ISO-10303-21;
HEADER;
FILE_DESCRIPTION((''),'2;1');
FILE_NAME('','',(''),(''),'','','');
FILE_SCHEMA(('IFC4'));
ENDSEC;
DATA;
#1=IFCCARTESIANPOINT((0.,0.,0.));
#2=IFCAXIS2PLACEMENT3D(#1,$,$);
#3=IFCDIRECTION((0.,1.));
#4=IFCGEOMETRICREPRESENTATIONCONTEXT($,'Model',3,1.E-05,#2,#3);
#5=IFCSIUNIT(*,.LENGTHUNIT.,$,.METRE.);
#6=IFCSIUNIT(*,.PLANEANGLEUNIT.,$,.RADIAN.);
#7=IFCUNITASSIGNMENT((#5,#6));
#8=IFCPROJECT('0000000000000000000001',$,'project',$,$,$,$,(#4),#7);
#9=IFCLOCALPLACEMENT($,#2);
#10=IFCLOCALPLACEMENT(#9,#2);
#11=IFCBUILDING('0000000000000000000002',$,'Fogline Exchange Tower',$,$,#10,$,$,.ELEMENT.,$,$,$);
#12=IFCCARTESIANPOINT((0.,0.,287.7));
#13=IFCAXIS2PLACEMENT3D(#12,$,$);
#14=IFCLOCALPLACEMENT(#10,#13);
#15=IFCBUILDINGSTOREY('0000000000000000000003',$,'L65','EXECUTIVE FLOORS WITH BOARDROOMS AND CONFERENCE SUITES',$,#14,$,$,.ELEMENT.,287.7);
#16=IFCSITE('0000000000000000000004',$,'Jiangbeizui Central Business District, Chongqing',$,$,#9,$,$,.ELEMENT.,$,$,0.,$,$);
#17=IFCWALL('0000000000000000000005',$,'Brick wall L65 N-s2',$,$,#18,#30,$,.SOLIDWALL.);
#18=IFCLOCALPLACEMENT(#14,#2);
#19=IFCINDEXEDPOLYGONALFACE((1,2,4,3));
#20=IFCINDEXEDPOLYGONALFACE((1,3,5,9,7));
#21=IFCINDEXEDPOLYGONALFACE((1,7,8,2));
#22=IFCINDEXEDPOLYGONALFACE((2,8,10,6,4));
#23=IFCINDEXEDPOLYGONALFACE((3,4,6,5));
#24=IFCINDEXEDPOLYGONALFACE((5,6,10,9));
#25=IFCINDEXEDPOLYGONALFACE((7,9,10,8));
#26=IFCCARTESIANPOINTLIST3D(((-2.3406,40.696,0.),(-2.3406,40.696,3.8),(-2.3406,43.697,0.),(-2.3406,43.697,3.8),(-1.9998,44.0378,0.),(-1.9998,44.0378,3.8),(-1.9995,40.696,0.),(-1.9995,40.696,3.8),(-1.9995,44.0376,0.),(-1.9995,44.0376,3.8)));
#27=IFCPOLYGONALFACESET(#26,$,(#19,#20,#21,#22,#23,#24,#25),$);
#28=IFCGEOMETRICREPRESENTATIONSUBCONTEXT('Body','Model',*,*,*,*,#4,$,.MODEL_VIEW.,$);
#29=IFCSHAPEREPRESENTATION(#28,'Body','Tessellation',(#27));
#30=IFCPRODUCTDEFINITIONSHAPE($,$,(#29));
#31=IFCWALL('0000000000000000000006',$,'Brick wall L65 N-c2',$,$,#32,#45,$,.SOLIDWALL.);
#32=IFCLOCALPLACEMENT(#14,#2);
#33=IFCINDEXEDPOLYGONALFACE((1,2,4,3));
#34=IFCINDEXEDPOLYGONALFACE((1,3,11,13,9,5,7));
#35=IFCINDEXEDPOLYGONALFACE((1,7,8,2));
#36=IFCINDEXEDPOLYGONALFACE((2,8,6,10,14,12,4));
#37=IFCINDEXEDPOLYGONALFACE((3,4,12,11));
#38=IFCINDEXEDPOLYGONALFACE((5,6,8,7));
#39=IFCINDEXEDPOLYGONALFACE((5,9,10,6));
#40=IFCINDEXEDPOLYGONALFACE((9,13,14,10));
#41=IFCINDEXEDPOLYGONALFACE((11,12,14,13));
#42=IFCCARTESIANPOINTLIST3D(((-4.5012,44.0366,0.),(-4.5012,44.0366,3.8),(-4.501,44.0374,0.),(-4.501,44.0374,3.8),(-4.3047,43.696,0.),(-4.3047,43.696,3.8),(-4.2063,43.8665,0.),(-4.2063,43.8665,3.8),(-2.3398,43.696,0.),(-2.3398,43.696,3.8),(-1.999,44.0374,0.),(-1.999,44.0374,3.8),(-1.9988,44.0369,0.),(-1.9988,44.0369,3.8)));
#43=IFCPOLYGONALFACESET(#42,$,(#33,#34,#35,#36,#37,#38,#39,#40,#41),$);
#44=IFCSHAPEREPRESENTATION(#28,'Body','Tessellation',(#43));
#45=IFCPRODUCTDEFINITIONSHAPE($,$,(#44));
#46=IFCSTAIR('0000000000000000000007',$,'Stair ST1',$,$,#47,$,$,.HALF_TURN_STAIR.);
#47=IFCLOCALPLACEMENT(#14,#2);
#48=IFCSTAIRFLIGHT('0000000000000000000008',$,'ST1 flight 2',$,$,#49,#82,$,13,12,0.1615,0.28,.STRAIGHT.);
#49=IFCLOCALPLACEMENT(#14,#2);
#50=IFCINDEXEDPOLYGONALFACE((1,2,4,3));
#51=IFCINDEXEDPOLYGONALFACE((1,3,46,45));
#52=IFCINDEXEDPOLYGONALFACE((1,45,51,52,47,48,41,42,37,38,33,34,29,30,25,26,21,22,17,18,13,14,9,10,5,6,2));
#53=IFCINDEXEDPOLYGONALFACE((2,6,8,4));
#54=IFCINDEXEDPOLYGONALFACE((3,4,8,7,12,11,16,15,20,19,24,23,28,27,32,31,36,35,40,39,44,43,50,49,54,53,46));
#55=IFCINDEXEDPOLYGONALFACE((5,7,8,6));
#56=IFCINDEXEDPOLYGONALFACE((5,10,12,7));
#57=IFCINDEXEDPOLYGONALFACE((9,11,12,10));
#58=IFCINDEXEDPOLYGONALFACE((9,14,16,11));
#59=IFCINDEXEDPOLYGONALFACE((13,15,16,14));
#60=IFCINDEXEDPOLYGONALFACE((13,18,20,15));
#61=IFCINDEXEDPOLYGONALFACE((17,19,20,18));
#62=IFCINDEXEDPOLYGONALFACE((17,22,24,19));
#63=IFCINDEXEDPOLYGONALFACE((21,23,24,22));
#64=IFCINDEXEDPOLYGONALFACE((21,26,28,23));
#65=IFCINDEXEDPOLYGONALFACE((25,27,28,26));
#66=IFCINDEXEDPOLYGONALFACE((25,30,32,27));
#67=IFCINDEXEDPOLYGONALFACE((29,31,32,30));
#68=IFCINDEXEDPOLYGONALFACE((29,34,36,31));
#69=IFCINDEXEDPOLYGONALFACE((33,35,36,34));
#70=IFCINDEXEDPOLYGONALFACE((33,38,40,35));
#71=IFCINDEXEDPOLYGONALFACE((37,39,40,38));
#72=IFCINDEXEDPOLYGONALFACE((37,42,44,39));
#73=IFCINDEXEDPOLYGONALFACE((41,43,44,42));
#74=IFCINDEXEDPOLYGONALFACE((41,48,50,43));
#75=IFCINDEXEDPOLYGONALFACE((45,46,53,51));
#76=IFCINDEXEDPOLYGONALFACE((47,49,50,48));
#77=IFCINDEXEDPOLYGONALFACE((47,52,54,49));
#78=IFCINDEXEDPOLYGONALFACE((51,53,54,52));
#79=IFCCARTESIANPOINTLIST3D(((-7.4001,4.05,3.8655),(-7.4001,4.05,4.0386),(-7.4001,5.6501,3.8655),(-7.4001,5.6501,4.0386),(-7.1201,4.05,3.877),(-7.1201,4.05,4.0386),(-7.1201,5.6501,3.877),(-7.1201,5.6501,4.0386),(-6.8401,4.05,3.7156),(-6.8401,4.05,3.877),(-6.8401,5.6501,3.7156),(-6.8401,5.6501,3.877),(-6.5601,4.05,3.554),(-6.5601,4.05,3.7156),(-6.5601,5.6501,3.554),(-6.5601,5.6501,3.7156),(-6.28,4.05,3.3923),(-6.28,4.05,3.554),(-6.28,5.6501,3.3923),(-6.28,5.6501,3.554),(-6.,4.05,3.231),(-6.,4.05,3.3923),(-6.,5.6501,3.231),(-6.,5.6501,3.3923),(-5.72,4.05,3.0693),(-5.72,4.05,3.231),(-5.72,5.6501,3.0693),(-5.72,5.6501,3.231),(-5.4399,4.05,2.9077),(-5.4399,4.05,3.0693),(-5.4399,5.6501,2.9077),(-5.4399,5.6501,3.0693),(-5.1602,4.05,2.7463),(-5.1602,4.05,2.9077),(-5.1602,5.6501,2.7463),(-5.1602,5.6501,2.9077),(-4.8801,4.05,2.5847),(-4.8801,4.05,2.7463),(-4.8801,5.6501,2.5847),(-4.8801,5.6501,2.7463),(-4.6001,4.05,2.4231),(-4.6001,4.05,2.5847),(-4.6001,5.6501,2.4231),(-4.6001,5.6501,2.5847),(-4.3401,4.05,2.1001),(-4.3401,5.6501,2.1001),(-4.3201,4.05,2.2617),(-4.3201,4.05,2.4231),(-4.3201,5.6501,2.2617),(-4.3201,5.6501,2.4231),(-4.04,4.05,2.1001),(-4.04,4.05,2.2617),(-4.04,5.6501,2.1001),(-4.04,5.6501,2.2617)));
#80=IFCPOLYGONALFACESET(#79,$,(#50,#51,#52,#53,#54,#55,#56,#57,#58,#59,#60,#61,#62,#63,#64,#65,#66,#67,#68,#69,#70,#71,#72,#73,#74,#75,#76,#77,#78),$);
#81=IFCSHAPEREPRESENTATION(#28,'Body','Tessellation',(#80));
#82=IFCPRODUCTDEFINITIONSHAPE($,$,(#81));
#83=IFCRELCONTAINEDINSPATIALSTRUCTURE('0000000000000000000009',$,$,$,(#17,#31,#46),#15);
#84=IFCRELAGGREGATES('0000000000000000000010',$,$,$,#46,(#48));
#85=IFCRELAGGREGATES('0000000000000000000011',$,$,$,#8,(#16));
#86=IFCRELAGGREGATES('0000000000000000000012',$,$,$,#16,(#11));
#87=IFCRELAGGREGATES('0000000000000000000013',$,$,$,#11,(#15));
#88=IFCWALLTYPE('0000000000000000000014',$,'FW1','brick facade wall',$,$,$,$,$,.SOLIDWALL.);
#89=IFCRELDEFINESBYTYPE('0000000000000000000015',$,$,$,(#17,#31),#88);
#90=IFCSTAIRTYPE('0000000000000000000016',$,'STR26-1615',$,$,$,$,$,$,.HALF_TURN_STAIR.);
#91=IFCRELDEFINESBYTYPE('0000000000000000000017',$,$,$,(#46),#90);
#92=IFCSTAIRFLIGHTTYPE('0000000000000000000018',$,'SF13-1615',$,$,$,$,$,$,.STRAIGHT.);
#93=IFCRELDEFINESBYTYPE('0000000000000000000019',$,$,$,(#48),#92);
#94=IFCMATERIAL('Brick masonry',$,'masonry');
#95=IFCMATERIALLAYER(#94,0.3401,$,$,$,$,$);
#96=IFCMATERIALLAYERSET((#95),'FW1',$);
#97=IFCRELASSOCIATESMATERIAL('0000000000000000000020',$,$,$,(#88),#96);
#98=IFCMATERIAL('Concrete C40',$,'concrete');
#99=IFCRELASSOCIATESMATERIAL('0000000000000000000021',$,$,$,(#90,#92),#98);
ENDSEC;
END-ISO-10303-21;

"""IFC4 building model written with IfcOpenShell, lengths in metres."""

from ifc_helpers import new_model, si_unit, direction, frame, origin, place, context, subcontext, project, spatial, polyline, outline, extrude, material, layer, layer_set, type_object, element, aggregate, save


model = new_model("IFC4")

# Units and contexts
model_context = context("Model", 3, precision=1e-05, world=origin(), true_north=direction((0.0, 1.0)))
body_context = subcontext(model_context, "Body", "Model", "MODEL_VIEW")
ifc_project = project(units=[si_unit("LENGTHUNIT", "METRE"), si_unit("PLANEANGLEUNIT", "RADIAN")], contexts=[model_context])

# Site, building, storey
site_placement = place(None, origin())
site = spatial("IfcSite", under=ifc_project, at=site_placement, Name="Jiangbeizui Central Business District, Chongqing", CompositionType="ELEMENT", RefElevation=0.0)
building_placement = place(site_placement, origin())
building = spatial("IfcBuilding", under=site, at=building_placement, Name="Fogline Exchange Tower", CompositionType="ELEMENT")
storey_placement = place(building_placement, frame((0.0, 0.0, 287.7)))
storey = spatial("IfcBuildingStorey", under=building, at=storey_placement, Name="L65", Description="EXECUTIVE FLOORS WITH BOARDROOMS AND CONFERENCE SUITES", CompositionType="ELEMENT", Elevation=287.7)

# Shared definitions
ifc_material_1 = material(Name="Concrete C40", Category="concrete")

# Walls
ifc_material_2 = material(Name="Brick masonry", Category="masonry")
ifc_layer_1 = layer(ifc_material_2, 0.3401)
ifc_layer_set_1 = layer_set([ifc_layer_1], Name="FW1")
wall_type_1 = type_object("IfcWallType", Name="FW1", Description="brick facade wall", PredefinedType="SOLIDWALL", material=ifc_layer_set_1)
wall_1_placement = place(storey_placement, origin())
element("IfcWall", 1, at=wall_1_placement, inside=storey, type_object=wall_type_1, Name="Brick wall L65 N-s2", PredefinedType="SOLIDWALL", context=body_context, shape_type="SweptSolid", body=[
    extrude(outline(polyline([(-1.9995, 44.0376), (-1.9995, 40.696), (-2.3406, 40.696), (-2.3406, 43.697), (-1.9998, 44.0378), (-1.9995, 44.0376)])), origin(), (0.0, 0.0, 1.0), 3.8),
])
wall_2_placement = place(storey_placement, origin())
element("IfcWall", 2, at=wall_2_placement, inside=storey, type_object=wall_type_1, Name="Brick wall L65 N-c2", PredefinedType="SOLIDWALL", context=body_context, shape_type="SweptSolid", body=[
    extrude(outline(polyline([(-4.3047, 43.696), (-4.2063, 43.8665), (-4.5012, 44.0366), (-4.501, 44.0374), (-1.999, 44.0374), (-1.9988, 44.0369), (-2.3398, 43.696), (-4.3047, 43.696)])), origin(), (0.0, 0.0, 1.0), 3.8),
])

# Stair, stair flight
stair_type = type_object("IfcStairType", Name="STR26-1615", PredefinedType="HALF_TURN_STAIR", material=ifc_material_1)
stair_placement = place(storey_placement, origin())
stair = element("IfcStair", 3, at=stair_placement, inside=storey, type_object=stair_type, Name="Stair ST1", PredefinedType="HALF_TURN_STAIR")
stair_flight_type = type_object("IfcStairFlightType", Name="SF13-1615", PredefinedType="STRAIGHT", material=ifc_material_1)
stair_flight_placement = place(storey_placement, frame((-4.04, 4.8501, 2.1001), z_axis=(0.0, 0.0, 1.0), x_axis=(-1.0, 0.0, 0.0)))
stair_flight = element("IfcStairFlight", 4, at=stair_flight_placement, type_object=stair_flight_type, Name="ST1 flight 2", NumberOfRisers=13, NumberOfTreads=12, PredefinedType="STRAIGHT", RiserHeight=0.1615, TreadLength=0.28, context=body_context, shape_type="SweptSolid", body=[
    extrude(outline(polyline([(0.0, 0.0), (0.0, 0.1616), (0.28, 0.1616), (0.28, 0.323), (0.5601, 0.323), (0.5601, 0.4846), (0.8401, 0.4846), (0.8401, 0.6462), (1.1201, 0.6462), (1.1201, 0.8076), (1.3999, 0.8076), (1.3999, 0.9692), (1.6799, 0.9692), (1.6799, 1.1309), (1.96, 1.1309), (1.96, 1.2922), (2.24, 1.2922), (2.24, 1.4539), (2.52, 1.4539), (2.52, 1.6155), (2.8, 1.6155), (2.8, 1.7769), (3.0801, 1.7769), (3.0801, 1.9385), (3.3601, 1.9385), (3.3601, 2.1001), (3.3601, 1.7654), (0.3, 0.0), (0.0, 0.0)])), frame((0.0, 0.8, 0.0), z_axis=(0.0, -1.0, 0.0), x_axis=(1.0, 0.0, 0.0)), (0.0, 0.0, 1.0), 1.6001),
])
aggregate(stair, [stair_flight])

save(model, "model.ifc")
